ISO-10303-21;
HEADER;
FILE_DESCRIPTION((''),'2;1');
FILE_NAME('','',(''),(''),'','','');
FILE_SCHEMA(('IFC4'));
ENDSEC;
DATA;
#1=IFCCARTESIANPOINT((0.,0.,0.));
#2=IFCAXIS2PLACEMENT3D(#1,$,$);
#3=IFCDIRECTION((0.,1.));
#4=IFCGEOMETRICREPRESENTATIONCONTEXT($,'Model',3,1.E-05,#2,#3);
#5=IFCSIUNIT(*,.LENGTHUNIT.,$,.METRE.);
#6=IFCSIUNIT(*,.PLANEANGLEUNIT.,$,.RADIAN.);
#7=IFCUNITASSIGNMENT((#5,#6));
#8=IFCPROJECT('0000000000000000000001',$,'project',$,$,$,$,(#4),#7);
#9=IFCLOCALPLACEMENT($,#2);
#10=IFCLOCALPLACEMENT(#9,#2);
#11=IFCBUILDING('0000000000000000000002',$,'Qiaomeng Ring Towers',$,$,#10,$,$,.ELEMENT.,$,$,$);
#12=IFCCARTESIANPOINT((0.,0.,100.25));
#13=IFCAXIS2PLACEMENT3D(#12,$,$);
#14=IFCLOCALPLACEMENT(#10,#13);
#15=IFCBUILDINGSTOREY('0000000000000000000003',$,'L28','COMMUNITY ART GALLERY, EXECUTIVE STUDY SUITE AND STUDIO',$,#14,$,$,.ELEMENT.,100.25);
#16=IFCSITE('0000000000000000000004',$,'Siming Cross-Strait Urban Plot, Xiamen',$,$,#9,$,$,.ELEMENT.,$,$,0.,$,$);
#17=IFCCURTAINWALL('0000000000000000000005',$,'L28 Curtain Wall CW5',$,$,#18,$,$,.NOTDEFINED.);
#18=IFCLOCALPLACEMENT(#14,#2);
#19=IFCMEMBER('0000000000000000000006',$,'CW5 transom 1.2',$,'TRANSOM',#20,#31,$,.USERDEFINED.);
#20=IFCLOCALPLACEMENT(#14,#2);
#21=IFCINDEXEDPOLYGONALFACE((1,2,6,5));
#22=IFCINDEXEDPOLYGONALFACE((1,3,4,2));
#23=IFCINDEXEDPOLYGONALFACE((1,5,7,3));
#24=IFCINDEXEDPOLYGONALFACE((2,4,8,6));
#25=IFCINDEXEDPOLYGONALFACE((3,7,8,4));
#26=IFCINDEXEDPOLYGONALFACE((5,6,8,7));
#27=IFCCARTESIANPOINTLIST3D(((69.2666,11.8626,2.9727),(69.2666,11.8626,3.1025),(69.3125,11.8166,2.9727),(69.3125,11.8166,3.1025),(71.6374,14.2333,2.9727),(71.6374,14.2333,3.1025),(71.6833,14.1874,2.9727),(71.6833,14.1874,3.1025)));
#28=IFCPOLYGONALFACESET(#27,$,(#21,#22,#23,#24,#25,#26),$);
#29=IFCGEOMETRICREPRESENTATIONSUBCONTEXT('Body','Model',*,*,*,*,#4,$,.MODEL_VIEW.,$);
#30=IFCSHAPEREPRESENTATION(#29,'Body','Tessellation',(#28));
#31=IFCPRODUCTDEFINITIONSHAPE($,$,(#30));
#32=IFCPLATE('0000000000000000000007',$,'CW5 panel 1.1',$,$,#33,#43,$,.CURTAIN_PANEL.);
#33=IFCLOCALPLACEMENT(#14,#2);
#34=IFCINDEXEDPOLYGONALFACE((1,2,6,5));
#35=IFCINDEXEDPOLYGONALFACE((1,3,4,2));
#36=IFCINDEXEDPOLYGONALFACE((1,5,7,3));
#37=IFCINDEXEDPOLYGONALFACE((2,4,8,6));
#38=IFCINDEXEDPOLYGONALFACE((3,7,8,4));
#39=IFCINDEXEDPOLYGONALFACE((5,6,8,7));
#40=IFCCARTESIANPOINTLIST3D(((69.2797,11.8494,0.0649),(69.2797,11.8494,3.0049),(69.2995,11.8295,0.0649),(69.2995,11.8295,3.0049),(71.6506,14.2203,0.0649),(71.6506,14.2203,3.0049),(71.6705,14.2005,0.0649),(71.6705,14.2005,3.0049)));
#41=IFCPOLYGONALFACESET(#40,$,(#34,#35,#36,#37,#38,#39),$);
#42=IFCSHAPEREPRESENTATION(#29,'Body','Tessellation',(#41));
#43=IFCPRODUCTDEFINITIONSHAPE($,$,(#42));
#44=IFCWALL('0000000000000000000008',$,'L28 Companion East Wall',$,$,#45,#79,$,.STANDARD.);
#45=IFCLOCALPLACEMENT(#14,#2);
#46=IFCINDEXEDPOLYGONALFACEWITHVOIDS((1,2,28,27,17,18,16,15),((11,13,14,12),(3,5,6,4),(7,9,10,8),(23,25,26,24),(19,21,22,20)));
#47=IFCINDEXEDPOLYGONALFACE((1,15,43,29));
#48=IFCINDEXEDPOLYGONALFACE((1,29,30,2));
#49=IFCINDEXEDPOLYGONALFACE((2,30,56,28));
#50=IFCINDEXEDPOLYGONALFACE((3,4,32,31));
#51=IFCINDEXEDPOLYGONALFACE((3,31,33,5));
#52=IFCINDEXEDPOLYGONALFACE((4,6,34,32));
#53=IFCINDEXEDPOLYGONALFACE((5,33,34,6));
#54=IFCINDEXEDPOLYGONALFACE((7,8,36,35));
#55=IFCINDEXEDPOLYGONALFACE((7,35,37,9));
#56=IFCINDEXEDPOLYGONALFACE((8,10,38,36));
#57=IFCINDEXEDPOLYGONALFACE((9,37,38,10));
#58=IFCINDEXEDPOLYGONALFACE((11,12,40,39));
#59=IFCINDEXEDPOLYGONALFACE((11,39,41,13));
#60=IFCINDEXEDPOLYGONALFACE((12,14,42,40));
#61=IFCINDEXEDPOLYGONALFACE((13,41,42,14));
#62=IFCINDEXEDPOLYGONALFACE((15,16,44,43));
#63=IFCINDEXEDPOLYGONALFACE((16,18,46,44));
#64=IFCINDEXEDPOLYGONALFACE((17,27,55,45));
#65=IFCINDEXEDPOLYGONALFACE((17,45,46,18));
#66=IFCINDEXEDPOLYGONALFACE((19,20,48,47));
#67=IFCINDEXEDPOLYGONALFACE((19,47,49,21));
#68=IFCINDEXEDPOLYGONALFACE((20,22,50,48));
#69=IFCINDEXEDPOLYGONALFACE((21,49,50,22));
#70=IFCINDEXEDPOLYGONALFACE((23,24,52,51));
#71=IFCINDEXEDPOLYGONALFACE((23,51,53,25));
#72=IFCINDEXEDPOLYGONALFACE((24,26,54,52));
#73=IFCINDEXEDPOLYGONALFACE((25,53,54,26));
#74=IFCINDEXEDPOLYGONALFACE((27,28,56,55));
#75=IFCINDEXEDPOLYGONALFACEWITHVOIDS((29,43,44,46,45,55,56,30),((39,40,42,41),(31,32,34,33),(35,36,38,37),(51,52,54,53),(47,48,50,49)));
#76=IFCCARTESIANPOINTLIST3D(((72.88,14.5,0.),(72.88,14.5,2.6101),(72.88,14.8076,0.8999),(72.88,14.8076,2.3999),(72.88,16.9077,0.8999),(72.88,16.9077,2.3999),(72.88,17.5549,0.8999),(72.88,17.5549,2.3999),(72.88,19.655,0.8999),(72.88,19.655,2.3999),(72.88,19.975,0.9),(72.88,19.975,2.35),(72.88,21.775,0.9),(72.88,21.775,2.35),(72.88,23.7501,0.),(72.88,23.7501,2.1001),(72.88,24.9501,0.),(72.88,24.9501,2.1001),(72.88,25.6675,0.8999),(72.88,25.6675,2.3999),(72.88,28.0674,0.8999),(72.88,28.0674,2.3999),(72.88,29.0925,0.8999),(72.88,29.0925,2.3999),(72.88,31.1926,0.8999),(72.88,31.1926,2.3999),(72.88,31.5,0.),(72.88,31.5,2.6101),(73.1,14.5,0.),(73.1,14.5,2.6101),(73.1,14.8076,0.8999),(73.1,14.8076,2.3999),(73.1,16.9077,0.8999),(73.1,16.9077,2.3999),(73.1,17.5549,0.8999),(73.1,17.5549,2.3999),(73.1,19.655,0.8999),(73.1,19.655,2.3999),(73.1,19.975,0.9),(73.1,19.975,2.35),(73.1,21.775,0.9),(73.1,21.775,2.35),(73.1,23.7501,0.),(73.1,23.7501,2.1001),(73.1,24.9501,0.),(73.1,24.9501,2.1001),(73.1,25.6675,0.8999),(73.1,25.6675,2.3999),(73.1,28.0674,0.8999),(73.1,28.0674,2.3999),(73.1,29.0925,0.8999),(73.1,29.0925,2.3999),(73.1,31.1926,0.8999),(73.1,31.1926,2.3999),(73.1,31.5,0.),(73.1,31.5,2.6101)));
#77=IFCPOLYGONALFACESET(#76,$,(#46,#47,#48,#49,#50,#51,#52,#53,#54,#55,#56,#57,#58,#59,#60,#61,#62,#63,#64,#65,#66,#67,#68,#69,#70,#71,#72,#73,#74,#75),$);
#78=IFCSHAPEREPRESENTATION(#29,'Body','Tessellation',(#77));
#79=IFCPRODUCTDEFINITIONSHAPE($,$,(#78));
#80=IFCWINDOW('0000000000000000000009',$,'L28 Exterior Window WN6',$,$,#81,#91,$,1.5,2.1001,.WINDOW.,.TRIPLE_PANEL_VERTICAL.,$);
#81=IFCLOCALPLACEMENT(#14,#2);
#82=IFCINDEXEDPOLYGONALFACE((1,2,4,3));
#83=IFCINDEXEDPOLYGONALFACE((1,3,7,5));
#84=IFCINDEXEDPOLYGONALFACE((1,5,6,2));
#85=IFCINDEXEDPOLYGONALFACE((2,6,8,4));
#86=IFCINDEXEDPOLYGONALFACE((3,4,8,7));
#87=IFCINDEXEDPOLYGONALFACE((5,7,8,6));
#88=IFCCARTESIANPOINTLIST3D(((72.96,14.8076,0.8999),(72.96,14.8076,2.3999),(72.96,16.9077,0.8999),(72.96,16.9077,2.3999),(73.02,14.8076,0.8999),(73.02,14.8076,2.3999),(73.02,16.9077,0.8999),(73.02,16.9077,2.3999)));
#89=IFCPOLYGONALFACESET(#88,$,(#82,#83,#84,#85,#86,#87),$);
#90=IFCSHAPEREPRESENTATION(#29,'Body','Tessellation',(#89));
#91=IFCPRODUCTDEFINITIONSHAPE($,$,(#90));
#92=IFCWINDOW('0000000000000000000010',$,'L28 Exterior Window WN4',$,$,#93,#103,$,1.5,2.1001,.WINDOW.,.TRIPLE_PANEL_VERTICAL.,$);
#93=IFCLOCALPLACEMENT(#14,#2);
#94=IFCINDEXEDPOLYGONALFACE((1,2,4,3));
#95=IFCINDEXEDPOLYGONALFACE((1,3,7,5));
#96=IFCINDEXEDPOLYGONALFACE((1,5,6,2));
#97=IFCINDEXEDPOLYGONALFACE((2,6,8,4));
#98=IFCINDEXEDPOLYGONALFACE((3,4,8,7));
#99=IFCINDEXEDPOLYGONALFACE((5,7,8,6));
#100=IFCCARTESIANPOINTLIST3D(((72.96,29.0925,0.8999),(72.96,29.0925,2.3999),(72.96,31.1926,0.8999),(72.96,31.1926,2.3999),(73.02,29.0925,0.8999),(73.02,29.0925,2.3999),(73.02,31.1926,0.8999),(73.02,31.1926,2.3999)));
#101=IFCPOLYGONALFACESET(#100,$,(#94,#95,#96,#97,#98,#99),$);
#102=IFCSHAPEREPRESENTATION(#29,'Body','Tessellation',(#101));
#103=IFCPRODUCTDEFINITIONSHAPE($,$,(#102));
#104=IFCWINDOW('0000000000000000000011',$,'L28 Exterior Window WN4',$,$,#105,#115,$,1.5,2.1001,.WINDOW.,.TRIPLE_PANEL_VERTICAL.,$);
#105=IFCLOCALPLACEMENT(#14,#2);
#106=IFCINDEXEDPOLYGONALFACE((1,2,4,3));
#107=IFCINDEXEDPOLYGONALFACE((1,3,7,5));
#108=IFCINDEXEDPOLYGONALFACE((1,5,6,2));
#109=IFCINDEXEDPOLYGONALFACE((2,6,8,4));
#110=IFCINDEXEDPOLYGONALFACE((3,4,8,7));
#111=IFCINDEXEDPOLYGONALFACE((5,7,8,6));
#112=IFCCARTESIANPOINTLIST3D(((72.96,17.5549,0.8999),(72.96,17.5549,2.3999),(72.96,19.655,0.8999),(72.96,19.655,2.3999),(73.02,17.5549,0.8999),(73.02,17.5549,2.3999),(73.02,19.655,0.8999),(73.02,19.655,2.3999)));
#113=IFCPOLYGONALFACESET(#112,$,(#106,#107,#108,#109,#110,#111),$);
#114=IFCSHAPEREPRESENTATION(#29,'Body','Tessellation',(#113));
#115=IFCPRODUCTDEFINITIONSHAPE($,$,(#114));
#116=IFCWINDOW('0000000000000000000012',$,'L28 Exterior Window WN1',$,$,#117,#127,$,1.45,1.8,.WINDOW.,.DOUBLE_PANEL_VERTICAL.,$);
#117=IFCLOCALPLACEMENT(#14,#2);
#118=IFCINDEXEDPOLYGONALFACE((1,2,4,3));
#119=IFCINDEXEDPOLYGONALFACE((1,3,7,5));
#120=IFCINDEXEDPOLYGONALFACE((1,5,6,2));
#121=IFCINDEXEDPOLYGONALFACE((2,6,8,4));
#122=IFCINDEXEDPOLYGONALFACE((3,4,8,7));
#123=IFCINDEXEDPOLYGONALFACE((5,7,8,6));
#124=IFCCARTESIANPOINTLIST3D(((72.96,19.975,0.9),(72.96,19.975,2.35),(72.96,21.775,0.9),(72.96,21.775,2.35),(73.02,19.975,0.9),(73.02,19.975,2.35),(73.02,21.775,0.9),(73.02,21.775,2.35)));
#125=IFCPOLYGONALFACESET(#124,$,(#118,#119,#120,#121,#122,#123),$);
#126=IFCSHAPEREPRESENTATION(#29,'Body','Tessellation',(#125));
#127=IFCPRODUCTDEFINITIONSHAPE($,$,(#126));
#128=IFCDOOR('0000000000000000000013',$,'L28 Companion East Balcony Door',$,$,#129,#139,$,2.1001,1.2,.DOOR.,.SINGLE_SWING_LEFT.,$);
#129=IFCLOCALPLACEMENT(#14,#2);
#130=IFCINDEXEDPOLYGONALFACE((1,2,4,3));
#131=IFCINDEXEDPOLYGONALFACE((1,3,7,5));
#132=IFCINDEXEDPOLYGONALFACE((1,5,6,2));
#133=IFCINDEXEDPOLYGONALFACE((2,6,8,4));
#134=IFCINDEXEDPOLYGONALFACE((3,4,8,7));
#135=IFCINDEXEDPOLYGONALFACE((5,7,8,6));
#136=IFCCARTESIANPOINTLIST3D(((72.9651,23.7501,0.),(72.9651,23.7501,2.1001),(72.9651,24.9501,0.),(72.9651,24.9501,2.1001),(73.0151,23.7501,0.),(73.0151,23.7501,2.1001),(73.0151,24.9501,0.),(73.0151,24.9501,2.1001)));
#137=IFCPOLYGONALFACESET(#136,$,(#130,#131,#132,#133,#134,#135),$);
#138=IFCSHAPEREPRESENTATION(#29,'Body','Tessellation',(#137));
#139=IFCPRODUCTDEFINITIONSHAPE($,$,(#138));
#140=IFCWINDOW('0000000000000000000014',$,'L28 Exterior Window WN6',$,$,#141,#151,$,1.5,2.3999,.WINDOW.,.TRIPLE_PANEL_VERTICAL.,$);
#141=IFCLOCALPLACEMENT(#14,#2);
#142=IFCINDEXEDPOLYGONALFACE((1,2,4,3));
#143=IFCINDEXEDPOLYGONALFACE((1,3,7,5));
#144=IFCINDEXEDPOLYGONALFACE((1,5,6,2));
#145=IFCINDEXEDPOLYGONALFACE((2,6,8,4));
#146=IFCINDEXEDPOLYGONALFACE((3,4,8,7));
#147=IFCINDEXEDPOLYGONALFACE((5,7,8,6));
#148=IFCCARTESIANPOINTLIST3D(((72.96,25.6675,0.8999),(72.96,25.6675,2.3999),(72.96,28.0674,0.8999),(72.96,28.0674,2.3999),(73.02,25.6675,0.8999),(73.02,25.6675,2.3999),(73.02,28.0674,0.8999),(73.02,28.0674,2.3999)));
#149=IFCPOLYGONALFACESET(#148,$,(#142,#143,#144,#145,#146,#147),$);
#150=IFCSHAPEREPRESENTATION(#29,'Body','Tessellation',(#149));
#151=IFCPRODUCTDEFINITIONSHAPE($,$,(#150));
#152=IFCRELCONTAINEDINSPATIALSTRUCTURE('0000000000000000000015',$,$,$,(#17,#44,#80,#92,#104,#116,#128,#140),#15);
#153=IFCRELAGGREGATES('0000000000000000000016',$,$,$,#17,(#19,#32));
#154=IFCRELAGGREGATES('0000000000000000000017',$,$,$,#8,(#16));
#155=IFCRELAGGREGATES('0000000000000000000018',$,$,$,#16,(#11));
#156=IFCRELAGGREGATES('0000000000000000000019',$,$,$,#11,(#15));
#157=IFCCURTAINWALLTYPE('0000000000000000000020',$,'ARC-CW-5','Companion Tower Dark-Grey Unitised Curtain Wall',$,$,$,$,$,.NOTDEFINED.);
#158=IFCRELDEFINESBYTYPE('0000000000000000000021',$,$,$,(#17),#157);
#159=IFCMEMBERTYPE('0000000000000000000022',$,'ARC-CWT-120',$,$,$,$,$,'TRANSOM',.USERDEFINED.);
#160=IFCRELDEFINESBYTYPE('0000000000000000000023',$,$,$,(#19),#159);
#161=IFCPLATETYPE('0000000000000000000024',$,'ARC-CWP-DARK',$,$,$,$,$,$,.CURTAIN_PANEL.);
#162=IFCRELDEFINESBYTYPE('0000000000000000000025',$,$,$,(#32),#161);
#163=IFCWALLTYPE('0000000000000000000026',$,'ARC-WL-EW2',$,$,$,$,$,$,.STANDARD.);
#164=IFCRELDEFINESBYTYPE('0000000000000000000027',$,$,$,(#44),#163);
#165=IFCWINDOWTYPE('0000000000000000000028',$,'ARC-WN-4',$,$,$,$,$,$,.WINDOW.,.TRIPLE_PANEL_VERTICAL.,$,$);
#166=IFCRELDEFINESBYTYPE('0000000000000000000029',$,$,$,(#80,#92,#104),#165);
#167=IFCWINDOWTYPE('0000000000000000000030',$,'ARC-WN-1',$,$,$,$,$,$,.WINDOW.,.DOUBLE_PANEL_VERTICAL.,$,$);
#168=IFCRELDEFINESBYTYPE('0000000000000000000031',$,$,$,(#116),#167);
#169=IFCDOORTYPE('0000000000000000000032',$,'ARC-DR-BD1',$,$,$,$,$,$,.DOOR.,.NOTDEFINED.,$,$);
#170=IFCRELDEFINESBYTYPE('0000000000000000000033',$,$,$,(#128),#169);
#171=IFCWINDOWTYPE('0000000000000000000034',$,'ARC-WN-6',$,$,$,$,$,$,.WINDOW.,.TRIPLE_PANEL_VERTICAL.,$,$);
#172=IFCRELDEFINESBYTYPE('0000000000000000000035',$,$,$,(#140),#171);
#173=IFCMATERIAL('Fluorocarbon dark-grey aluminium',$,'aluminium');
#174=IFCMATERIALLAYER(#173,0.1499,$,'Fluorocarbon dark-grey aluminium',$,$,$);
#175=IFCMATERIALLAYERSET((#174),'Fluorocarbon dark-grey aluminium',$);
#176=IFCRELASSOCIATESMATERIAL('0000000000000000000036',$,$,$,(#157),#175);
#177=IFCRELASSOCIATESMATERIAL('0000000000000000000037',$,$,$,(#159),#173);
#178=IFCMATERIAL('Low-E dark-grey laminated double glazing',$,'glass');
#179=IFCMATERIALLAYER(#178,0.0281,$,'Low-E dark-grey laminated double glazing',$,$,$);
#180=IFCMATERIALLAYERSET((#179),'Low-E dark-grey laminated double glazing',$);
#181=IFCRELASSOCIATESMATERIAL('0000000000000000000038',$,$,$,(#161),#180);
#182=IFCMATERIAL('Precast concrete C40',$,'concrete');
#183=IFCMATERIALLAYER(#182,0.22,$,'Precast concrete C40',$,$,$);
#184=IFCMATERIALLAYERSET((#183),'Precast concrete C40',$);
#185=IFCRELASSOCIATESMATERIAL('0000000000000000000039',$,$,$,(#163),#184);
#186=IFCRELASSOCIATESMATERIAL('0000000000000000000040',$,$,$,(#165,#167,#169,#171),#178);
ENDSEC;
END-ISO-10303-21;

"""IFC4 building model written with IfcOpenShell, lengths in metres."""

from ifc_helpers import new_model, si_unit, direction, frame, frame_2d, origin, origin_2d, place, context, subcontext, project, spatial, rectangle, extrude, source, transform, mapped, material, layer, layer_set, material_profile, profile_set, type_object, element, fill, aggregate, save


model = new_model("IFC4")

# Units and contexts
model_context = context("Model", 3, precision=1e-05, world=origin(), true_north=direction((0.0, 1.0)))
body_context = subcontext(model_context, "Body", "Model", "MODEL_VIEW")
ifc_project = project(units=[si_unit("LENGTHUNIT", "METRE"), si_unit("PLANEANGLEUNIT", "RADIAN")], contexts=[model_context])

# Site, building, storey
site_placement = place(None, origin())
site = spatial("IfcSite", under=ifc_project, at=site_placement, Name="Siming Cross-Strait Urban Plot, Xiamen", CompositionType="ELEMENT", RefElevation=0.0)
building_placement = place(site_placement, origin())
building = spatial("IfcBuilding", under=site, at=building_placement, Name="Qiaomeng Ring Towers", CompositionType="ELEMENT")
storey_placement = place(building_placement, frame((0.0, 0.0, 100.25)))
storey = spatial("IfcBuildingStorey", under=building, at=storey_placement, Name="L28", Description="COMMUNITY ART GALLERY, EXECUTIVE STUDY SUITE AND STUDIO", CompositionType="ELEMENT", Elevation=100.25)

# Curtain wall
ifc_material_1 = material(Name="Fluorocarbon dark-grey aluminium", Category="aluminium")
ifc_layer_1 = layer(ifc_material_1, 0.1499, Name="Fluorocarbon dark-grey aluminium")
ifc_layer_set_1 = layer_set([ifc_layer_1], Name="Fluorocarbon dark-grey aluminium")
curtain_wall_type = type_object("IfcCurtainWallType", Name="ARC-CW-5", Description="Companion Tower Dark-Grey Unitised Curtain Wall", PredefinedType="NOTDEFINED", material=ifc_layer_set_1)
curtain_wall_1_placement = place(storey_placement, origin())
curtain_wall_1 = element("IfcCurtainWall", 1, at=curtain_wall_1_placement, inside=storey, type_object=curtain_wall_type, Name="L28 Curtain Wall CW5", PredefinedType="NOTDEFINED")

# Member
ifc_material_profile_1 = material_profile(ifc_material_1, rectangle(XDim=0.0649, YDim=0.1299, at=origin_2d()), Name="ALU TRAN 65x130")
ifc_profile_set_1 = profile_set([ifc_material_profile_1], Name="Fluorocarbon dark-grey aluminium")
member_type_1 = type_object("IfcMemberType", Name="ARC-CWT-120", ElementType="TRANSOM", PredefinedType="USERDEFINED", material=ifc_profile_set_1)
shared_shape_1 = source(origin(), body_context, "Body", "SweptSolid", [
    extrude(rectangle(XDim=0.0649, YDim=0.1299, at=origin_2d()), origin(), (0.0, 0.0, 1.0), 3.3528),
])
member_1_placement = place(storey_placement, frame((69.2896, 11.8396, 3.0376), z_axis=(0.707107, 0.707107, 0.0), x_axis=(-0.707107, 0.707107, 0.0)))
member_1 = element("IfcMember", 2, at=member_1_placement, type_object=member_type_1, Name="CW5 transom 1.2", ObjectType="TRANSOM", PredefinedType="USERDEFINED", context=body_context, shape_type="MappedRepresentation", body=[
    mapped(shared_shape_1, transform((0.0, 0.0, 0.0), x_axis=(1.0, 0.0, 0.0), y_axis=(0.0, 1.0, 0.0), z_axis=(0.0, 0.0, 1.0), scale=1.0)),
])

# Plate
ifc_material_2 = material(Name="Low-E dark-grey laminated double glazing", Category="glass")
ifc_layer_2 = layer(ifc_material_2, 0.0281, Name="Low-E dark-grey laminated double glazing")
ifc_layer_set_2 = layer_set([ifc_layer_2], Name="Low-E dark-grey laminated double glazing")
plate_type = type_object("IfcPlateType", Name="ARC-CWP-DARK", PredefinedType="CURTAIN_PANEL", material=ifc_layer_set_2)
shared_shape_2 = source(origin(), body_context, "Body", "SweptSolid", [
    extrude(rectangle(XDim=3.353, YDim=0.0281, at=origin_2d()), origin(), (0.0, 0.0, 1.0), 2.9399),
])
plate_placement = place(storey_placement, frame((70.4751, 13.0249, 0.0649), z_axis=(0.0, 0.0, 1.0), x_axis=(0.707107, 0.707107, 0.0)))
plate = element("IfcPlate", 3, at=plate_placement, type_object=plate_type, Name="CW5 panel 1.1", PredefinedType="CURTAIN_PANEL", context=body_context, shape_type="MappedRepresentation", body=[
    mapped(shared_shape_2, transform((0.0, 0.0, 0.0), x_axis=(1.0, 0.0, 0.0), y_axis=(0.0, 1.0, 0.0), z_axis=(0.0, 0.0, 1.0), scale=1.0)),
])
aggregate(curtain_wall_1, [member_1, plate])

# Wall, openings, windows, door
ifc_material_3 = material(Name="Precast concrete C40", Category="concrete")
ifc_layer_3 = layer(ifc_material_3, 0.22, Name="Precast concrete C40")
ifc_layer_set_3 = layer_set([ifc_layer_3], Name="Precast concrete C40")
wall_type_1 = type_object("IfcWallType", Name="ARC-WL-EW2", PredefinedType="STANDARD", material=ifc_layer_set_3)
wall_1_placement = place(storey_placement, frame((72.99, 14.5, 0.0), z_axis=(0.0, 0.0, 1.0), x_axis=(0.0, 1.0, 0.0)))
wall_1 = element("IfcWall", 4, at=wall_1_placement, inside=storey, type_object=wall_type_1, Name="L28 Companion East Wall", PredefinedType="STANDARD", context=body_context, shape_type="SweptSolid", body=[
    extrude(rectangle(XDim=17.0, YDim=0.22, at=frame_2d((8.5, 0.0))), origin(), (0.0, 0.0, 1.0), 2.6101),
])
opening_1_placement = place(wall_1_placement, frame((9.25, 0.0, 0.0)))
opening_1 = element("IfcOpeningElement", 5, at=opening_1_placement, cuts=wall_1, PredefinedType="OPENING", context=body_context, shape_type="SweptSolid", body=[
    extrude(rectangle(XDim=1.2, YDim=2.1001, at=frame_2d((0.6001, 1.05))), frame((0.0, 0.1199, 0.0), z_axis=(0.0, -1.0, 0.0), x_axis=(1.0, 0.0, 0.0)), (0.0, 0.0, 1.0), 0.24),
])
opening_2_placement = place(wall_1_placement, frame((0.3076, 0.0, 0.8999)))
opening_2 = element("IfcOpeningElement", 6, at=opening_2_placement, cuts=wall_1, PredefinedType="OPENING", context=body_context, shape_type="SweptSolid", body=[
    extrude(rectangle(XDim=2.1001, YDim=1.5, at=frame_2d((1.05, 0.75))), frame((0.0, 0.1199, 0.0), z_axis=(0.0, -1.0, 0.0), x_axis=(1.0, 0.0, 0.0)), (0.0, 0.0, 1.0), 0.24),
])
opening_3_placement = place(wall_1_placement, frame((5.4751, 0.0, 0.8999)))
opening_3 = element("IfcOpeningElement", 7, at=opening_3_placement, cuts=wall_1, PredefinedType="OPENING", context=body_context, shape_type="SweptSolid", body=[
    extrude(rectangle(XDim=1.8, YDim=1.45, at=frame_2d((0.8999, 0.7251))), frame((0.0, 0.1199, 0.0), z_axis=(0.0, -1.0, 0.0), x_axis=(1.0, 0.0, 0.0)), (0.0, 0.0, 1.0), 0.24),
])
opening_4_placement = place(wall_1_placement, frame((14.5925, 0.0, 0.8999)))
opening_4 = element("IfcOpeningElement", 8, at=opening_4_placement, cuts=wall_1, PredefinedType="OPENING", context=body_context, shape_type="SweptSolid", body=[
    extrude(rectangle(XDim=2.1001, YDim=1.5, at=frame_2d((1.05, 0.75))), frame((0.0, 0.1199, 0.0), z_axis=(0.0, -1.0, 0.0), x_axis=(1.0, 0.0, 0.0)), (0.0, 0.0, 1.0), 0.24),
])
opening_5_placement = place(wall_1_placement, frame((3.0549, 0.0, 0.8999)))
opening_5 = element("IfcOpeningElement", 9, at=opening_5_placement, cuts=wall_1, PredefinedType="OPENING", context=body_context, shape_type="SweptSolid", body=[
    extrude(rectangle(XDim=2.1001, YDim=1.5, at=frame_2d((1.05, 0.75))), frame((0.0, 0.1199, 0.0), z_axis=(0.0, -1.0, 0.0), x_axis=(1.0, 0.0, 0.0)), (0.0, 0.0, 1.0), 0.24),
])
opening_6_placement = place(wall_1_placement, frame((11.1675, 0.0, 0.8999)))
opening_6 = element("IfcOpeningElement", 10, at=opening_6_placement, cuts=wall_1, PredefinedType="OPENING", context=body_context, shape_type="SweptSolid", body=[
    extrude(rectangle(XDim=2.3999, YDim=1.5, at=frame_2d((1.2, 0.75))), frame((0.0, 0.1199, 0.0), z_axis=(0.0, -1.0, 0.0), x_axis=(1.0, 0.0, 0.0)), (0.0, 0.0, 1.0), 0.24),
])
window_type_1 = type_object("IfcWindowType", Name="ARC-WN-4", PartitioningType="TRIPLE_PANEL_VERTICAL", PredefinedType="WINDOW", material=ifc_material_2)
shared_shape_3 = source(origin(), body_context, "Body", "SweptSolid", [
    extrude(rectangle(XDim=2.1001, YDim=1.5, at=frame_2d((1.05, 0.75))), frame((0.0, 0.03, 0.0), z_axis=(0.0, -1.0, 0.0), x_axis=(1.0, 0.0, 0.0)), (0.0, 0.0, 1.0), 0.0601),
])
window_1_placement = place(opening_2_placement, origin())
window_1 = element("IfcWindow", 11, at=window_1_placement, inside=storey, type_object=window_type_1, Name="L28 Exterior Window WN6", OverallHeight=1.5, OverallWidth=2.1001, PartitioningType="TRIPLE_PANEL_VERTICAL", PredefinedType="WINDOW", context=body_context, shape_type="MappedRepresentation", body=[
    mapped(shared_shape_3, transform((0.0, 0.0, 0.0), x_axis=(1.0, 0.0, 0.0), y_axis=(0.0, 1.0, 0.0), z_axis=(0.0, 0.0, 1.0), scale=1.0)),
])
fill(opening_2, window_1)
window_2_placement = place(opening_4_placement, origin())
window_2 = element("IfcWindow", 12, at=window_2_placement, inside=storey, type_object=window_type_1, Name="L28 Exterior Window WN4", OverallHeight=1.5, OverallWidth=2.1001, PartitioningType="TRIPLE_PANEL_VERTICAL", PredefinedType="WINDOW", context=body_context, shape_type="MappedRepresentation", body=[
    mapped(shared_shape_3, transform((0.0, 0.0, 0.0), x_axis=(1.0, 0.0, 0.0), y_axis=(0.0, 1.0, 0.0), z_axis=(0.0, 0.0, 1.0), scale=1.0)),
])
fill(opening_4, window_2)
window_3_placement = place(opening_5_placement, origin())
window_3 = element("IfcWindow", 13, at=window_3_placement, inside=storey, type_object=window_type_1, Name="L28 Exterior Window WN4", OverallHeight=1.5, OverallWidth=2.1001, PartitioningType="TRIPLE_PANEL_VERTICAL", PredefinedType="WINDOW", context=body_context, shape_type="MappedRepresentation", body=[
    mapped(shared_shape_3, transform((0.0, 0.0, 0.0), x_axis=(1.0, 0.0, 0.0), y_axis=(0.0, 1.0, 0.0), z_axis=(0.0, 0.0, 1.0), scale=1.0)),
])
fill(opening_5, window_3)
window_type_2 = type_object("IfcWindowType", Name="ARC-WN-1", PartitioningType="DOUBLE_PANEL_VERTICAL", PredefinedType="WINDOW", material=ifc_material_2)
shared_shape_4 = source(origin(), body_context, "Body", "SweptSolid", [
    extrude(rectangle(XDim=1.8, YDim=1.45, at=frame_2d((0.8999, 0.7251))), frame((0.0, 0.03, 0.0), z_axis=(0.0, -1.0, 0.0), x_axis=(1.0, 0.0, 0.0)), (0.0, 0.0, 1.0), 0.0601),
])
window_4_placement = place(opening_3_placement, origin())
window_4 = element("IfcWindow", 14, at=window_4_placement, inside=storey, type_object=window_type_2, Name="L28 Exterior Window WN1", OverallHeight=1.45, OverallWidth=1.8, PartitioningType="DOUBLE_PANEL_VERTICAL", PredefinedType="WINDOW", context=body_context, shape_type="MappedRepresentation", body=[
    mapped(shared_shape_4, transform((0.0, 0.0, 0.0), x_axis=(1.0, 0.0, 0.0), y_axis=(0.0, 1.0, 0.0), z_axis=(0.0, 0.0, 1.0), scale=1.0)),
])
fill(opening_3, window_4)
door_type_1 = type_object("IfcDoorType", Name="ARC-DR-BD1", OperationType="NOTDEFINED", PredefinedType="DOOR", material=ifc_material_2)
shared_shape_5 = source(origin(), body_context, "Body", "SweptSolid", [
    extrude(rectangle(XDim=1.2, YDim=2.1001, at=frame_2d((0.6001, 1.05))), frame((0.0, 0.0249, 0.0), z_axis=(0.0, -1.0, 0.0), x_axis=(1.0, 0.0, 0.0)), (0.0, 0.0, 1.0), 0.05),
])
door_1_placement = place(opening_1_placement, origin())
door_1 = element("IfcDoor", 15, at=door_1_placement, inside=storey, type_object=door_type_1, Name="L28 Companion East Balcony Door", OperationType="SINGLE_SWING_LEFT", OverallHeight=2.1001, OverallWidth=1.2, PredefinedType="DOOR", context=body_context, shape_type="MappedRepresentation", body=[
    mapped(shared_shape_5, transform((0.0, 0.0, 0.0), x_axis=(1.0, 0.0, 0.0), y_axis=(0.0, 1.0, 0.0), z_axis=(0.0, 0.0, 1.0), scale=1.0)),
])
fill(opening_1, door_1)
window_type_3 = type_object("IfcWindowType", Name="ARC-WN-6", PartitioningType="TRIPLE_PANEL_VERTICAL", PredefinedType="WINDOW", material=ifc_material_2)
shared_shape_6 = source(origin(), body_context, "Body", "SweptSolid", [
    extrude(rectangle(XDim=2.3999, YDim=1.5, at=frame_2d((1.2, 0.75))), frame((0.0, 0.03, 0.0), z_axis=(0.0, -1.0, 0.0), x_axis=(1.0, 0.0, 0.0)), (0.0, 0.0, 1.0), 0.0601),
])
window_5_placement = place(opening_6_placement, origin())
window_5 = element("IfcWindow", 16, at=window_5_placement, inside=storey, type_object=window_type_3, Name="L28 Exterior Window WN6", OverallHeight=1.5, OverallWidth=2.3999, PartitioningType="TRIPLE_PANEL_VERTICAL", PredefinedType="WINDOW", context=body_context, shape_type="MappedRepresentation", body=[
    mapped(shared_shape_6, transform((0.0, 0.0, 0.0), x_axis=(1.0, 0.0, 0.0), y_axis=(0.0, 1.0, 0.0), z_axis=(0.0, 0.0, 1.0), scale=1.0)),
])
fill(opening_6, window_5)

save(model, "model.ifc")
